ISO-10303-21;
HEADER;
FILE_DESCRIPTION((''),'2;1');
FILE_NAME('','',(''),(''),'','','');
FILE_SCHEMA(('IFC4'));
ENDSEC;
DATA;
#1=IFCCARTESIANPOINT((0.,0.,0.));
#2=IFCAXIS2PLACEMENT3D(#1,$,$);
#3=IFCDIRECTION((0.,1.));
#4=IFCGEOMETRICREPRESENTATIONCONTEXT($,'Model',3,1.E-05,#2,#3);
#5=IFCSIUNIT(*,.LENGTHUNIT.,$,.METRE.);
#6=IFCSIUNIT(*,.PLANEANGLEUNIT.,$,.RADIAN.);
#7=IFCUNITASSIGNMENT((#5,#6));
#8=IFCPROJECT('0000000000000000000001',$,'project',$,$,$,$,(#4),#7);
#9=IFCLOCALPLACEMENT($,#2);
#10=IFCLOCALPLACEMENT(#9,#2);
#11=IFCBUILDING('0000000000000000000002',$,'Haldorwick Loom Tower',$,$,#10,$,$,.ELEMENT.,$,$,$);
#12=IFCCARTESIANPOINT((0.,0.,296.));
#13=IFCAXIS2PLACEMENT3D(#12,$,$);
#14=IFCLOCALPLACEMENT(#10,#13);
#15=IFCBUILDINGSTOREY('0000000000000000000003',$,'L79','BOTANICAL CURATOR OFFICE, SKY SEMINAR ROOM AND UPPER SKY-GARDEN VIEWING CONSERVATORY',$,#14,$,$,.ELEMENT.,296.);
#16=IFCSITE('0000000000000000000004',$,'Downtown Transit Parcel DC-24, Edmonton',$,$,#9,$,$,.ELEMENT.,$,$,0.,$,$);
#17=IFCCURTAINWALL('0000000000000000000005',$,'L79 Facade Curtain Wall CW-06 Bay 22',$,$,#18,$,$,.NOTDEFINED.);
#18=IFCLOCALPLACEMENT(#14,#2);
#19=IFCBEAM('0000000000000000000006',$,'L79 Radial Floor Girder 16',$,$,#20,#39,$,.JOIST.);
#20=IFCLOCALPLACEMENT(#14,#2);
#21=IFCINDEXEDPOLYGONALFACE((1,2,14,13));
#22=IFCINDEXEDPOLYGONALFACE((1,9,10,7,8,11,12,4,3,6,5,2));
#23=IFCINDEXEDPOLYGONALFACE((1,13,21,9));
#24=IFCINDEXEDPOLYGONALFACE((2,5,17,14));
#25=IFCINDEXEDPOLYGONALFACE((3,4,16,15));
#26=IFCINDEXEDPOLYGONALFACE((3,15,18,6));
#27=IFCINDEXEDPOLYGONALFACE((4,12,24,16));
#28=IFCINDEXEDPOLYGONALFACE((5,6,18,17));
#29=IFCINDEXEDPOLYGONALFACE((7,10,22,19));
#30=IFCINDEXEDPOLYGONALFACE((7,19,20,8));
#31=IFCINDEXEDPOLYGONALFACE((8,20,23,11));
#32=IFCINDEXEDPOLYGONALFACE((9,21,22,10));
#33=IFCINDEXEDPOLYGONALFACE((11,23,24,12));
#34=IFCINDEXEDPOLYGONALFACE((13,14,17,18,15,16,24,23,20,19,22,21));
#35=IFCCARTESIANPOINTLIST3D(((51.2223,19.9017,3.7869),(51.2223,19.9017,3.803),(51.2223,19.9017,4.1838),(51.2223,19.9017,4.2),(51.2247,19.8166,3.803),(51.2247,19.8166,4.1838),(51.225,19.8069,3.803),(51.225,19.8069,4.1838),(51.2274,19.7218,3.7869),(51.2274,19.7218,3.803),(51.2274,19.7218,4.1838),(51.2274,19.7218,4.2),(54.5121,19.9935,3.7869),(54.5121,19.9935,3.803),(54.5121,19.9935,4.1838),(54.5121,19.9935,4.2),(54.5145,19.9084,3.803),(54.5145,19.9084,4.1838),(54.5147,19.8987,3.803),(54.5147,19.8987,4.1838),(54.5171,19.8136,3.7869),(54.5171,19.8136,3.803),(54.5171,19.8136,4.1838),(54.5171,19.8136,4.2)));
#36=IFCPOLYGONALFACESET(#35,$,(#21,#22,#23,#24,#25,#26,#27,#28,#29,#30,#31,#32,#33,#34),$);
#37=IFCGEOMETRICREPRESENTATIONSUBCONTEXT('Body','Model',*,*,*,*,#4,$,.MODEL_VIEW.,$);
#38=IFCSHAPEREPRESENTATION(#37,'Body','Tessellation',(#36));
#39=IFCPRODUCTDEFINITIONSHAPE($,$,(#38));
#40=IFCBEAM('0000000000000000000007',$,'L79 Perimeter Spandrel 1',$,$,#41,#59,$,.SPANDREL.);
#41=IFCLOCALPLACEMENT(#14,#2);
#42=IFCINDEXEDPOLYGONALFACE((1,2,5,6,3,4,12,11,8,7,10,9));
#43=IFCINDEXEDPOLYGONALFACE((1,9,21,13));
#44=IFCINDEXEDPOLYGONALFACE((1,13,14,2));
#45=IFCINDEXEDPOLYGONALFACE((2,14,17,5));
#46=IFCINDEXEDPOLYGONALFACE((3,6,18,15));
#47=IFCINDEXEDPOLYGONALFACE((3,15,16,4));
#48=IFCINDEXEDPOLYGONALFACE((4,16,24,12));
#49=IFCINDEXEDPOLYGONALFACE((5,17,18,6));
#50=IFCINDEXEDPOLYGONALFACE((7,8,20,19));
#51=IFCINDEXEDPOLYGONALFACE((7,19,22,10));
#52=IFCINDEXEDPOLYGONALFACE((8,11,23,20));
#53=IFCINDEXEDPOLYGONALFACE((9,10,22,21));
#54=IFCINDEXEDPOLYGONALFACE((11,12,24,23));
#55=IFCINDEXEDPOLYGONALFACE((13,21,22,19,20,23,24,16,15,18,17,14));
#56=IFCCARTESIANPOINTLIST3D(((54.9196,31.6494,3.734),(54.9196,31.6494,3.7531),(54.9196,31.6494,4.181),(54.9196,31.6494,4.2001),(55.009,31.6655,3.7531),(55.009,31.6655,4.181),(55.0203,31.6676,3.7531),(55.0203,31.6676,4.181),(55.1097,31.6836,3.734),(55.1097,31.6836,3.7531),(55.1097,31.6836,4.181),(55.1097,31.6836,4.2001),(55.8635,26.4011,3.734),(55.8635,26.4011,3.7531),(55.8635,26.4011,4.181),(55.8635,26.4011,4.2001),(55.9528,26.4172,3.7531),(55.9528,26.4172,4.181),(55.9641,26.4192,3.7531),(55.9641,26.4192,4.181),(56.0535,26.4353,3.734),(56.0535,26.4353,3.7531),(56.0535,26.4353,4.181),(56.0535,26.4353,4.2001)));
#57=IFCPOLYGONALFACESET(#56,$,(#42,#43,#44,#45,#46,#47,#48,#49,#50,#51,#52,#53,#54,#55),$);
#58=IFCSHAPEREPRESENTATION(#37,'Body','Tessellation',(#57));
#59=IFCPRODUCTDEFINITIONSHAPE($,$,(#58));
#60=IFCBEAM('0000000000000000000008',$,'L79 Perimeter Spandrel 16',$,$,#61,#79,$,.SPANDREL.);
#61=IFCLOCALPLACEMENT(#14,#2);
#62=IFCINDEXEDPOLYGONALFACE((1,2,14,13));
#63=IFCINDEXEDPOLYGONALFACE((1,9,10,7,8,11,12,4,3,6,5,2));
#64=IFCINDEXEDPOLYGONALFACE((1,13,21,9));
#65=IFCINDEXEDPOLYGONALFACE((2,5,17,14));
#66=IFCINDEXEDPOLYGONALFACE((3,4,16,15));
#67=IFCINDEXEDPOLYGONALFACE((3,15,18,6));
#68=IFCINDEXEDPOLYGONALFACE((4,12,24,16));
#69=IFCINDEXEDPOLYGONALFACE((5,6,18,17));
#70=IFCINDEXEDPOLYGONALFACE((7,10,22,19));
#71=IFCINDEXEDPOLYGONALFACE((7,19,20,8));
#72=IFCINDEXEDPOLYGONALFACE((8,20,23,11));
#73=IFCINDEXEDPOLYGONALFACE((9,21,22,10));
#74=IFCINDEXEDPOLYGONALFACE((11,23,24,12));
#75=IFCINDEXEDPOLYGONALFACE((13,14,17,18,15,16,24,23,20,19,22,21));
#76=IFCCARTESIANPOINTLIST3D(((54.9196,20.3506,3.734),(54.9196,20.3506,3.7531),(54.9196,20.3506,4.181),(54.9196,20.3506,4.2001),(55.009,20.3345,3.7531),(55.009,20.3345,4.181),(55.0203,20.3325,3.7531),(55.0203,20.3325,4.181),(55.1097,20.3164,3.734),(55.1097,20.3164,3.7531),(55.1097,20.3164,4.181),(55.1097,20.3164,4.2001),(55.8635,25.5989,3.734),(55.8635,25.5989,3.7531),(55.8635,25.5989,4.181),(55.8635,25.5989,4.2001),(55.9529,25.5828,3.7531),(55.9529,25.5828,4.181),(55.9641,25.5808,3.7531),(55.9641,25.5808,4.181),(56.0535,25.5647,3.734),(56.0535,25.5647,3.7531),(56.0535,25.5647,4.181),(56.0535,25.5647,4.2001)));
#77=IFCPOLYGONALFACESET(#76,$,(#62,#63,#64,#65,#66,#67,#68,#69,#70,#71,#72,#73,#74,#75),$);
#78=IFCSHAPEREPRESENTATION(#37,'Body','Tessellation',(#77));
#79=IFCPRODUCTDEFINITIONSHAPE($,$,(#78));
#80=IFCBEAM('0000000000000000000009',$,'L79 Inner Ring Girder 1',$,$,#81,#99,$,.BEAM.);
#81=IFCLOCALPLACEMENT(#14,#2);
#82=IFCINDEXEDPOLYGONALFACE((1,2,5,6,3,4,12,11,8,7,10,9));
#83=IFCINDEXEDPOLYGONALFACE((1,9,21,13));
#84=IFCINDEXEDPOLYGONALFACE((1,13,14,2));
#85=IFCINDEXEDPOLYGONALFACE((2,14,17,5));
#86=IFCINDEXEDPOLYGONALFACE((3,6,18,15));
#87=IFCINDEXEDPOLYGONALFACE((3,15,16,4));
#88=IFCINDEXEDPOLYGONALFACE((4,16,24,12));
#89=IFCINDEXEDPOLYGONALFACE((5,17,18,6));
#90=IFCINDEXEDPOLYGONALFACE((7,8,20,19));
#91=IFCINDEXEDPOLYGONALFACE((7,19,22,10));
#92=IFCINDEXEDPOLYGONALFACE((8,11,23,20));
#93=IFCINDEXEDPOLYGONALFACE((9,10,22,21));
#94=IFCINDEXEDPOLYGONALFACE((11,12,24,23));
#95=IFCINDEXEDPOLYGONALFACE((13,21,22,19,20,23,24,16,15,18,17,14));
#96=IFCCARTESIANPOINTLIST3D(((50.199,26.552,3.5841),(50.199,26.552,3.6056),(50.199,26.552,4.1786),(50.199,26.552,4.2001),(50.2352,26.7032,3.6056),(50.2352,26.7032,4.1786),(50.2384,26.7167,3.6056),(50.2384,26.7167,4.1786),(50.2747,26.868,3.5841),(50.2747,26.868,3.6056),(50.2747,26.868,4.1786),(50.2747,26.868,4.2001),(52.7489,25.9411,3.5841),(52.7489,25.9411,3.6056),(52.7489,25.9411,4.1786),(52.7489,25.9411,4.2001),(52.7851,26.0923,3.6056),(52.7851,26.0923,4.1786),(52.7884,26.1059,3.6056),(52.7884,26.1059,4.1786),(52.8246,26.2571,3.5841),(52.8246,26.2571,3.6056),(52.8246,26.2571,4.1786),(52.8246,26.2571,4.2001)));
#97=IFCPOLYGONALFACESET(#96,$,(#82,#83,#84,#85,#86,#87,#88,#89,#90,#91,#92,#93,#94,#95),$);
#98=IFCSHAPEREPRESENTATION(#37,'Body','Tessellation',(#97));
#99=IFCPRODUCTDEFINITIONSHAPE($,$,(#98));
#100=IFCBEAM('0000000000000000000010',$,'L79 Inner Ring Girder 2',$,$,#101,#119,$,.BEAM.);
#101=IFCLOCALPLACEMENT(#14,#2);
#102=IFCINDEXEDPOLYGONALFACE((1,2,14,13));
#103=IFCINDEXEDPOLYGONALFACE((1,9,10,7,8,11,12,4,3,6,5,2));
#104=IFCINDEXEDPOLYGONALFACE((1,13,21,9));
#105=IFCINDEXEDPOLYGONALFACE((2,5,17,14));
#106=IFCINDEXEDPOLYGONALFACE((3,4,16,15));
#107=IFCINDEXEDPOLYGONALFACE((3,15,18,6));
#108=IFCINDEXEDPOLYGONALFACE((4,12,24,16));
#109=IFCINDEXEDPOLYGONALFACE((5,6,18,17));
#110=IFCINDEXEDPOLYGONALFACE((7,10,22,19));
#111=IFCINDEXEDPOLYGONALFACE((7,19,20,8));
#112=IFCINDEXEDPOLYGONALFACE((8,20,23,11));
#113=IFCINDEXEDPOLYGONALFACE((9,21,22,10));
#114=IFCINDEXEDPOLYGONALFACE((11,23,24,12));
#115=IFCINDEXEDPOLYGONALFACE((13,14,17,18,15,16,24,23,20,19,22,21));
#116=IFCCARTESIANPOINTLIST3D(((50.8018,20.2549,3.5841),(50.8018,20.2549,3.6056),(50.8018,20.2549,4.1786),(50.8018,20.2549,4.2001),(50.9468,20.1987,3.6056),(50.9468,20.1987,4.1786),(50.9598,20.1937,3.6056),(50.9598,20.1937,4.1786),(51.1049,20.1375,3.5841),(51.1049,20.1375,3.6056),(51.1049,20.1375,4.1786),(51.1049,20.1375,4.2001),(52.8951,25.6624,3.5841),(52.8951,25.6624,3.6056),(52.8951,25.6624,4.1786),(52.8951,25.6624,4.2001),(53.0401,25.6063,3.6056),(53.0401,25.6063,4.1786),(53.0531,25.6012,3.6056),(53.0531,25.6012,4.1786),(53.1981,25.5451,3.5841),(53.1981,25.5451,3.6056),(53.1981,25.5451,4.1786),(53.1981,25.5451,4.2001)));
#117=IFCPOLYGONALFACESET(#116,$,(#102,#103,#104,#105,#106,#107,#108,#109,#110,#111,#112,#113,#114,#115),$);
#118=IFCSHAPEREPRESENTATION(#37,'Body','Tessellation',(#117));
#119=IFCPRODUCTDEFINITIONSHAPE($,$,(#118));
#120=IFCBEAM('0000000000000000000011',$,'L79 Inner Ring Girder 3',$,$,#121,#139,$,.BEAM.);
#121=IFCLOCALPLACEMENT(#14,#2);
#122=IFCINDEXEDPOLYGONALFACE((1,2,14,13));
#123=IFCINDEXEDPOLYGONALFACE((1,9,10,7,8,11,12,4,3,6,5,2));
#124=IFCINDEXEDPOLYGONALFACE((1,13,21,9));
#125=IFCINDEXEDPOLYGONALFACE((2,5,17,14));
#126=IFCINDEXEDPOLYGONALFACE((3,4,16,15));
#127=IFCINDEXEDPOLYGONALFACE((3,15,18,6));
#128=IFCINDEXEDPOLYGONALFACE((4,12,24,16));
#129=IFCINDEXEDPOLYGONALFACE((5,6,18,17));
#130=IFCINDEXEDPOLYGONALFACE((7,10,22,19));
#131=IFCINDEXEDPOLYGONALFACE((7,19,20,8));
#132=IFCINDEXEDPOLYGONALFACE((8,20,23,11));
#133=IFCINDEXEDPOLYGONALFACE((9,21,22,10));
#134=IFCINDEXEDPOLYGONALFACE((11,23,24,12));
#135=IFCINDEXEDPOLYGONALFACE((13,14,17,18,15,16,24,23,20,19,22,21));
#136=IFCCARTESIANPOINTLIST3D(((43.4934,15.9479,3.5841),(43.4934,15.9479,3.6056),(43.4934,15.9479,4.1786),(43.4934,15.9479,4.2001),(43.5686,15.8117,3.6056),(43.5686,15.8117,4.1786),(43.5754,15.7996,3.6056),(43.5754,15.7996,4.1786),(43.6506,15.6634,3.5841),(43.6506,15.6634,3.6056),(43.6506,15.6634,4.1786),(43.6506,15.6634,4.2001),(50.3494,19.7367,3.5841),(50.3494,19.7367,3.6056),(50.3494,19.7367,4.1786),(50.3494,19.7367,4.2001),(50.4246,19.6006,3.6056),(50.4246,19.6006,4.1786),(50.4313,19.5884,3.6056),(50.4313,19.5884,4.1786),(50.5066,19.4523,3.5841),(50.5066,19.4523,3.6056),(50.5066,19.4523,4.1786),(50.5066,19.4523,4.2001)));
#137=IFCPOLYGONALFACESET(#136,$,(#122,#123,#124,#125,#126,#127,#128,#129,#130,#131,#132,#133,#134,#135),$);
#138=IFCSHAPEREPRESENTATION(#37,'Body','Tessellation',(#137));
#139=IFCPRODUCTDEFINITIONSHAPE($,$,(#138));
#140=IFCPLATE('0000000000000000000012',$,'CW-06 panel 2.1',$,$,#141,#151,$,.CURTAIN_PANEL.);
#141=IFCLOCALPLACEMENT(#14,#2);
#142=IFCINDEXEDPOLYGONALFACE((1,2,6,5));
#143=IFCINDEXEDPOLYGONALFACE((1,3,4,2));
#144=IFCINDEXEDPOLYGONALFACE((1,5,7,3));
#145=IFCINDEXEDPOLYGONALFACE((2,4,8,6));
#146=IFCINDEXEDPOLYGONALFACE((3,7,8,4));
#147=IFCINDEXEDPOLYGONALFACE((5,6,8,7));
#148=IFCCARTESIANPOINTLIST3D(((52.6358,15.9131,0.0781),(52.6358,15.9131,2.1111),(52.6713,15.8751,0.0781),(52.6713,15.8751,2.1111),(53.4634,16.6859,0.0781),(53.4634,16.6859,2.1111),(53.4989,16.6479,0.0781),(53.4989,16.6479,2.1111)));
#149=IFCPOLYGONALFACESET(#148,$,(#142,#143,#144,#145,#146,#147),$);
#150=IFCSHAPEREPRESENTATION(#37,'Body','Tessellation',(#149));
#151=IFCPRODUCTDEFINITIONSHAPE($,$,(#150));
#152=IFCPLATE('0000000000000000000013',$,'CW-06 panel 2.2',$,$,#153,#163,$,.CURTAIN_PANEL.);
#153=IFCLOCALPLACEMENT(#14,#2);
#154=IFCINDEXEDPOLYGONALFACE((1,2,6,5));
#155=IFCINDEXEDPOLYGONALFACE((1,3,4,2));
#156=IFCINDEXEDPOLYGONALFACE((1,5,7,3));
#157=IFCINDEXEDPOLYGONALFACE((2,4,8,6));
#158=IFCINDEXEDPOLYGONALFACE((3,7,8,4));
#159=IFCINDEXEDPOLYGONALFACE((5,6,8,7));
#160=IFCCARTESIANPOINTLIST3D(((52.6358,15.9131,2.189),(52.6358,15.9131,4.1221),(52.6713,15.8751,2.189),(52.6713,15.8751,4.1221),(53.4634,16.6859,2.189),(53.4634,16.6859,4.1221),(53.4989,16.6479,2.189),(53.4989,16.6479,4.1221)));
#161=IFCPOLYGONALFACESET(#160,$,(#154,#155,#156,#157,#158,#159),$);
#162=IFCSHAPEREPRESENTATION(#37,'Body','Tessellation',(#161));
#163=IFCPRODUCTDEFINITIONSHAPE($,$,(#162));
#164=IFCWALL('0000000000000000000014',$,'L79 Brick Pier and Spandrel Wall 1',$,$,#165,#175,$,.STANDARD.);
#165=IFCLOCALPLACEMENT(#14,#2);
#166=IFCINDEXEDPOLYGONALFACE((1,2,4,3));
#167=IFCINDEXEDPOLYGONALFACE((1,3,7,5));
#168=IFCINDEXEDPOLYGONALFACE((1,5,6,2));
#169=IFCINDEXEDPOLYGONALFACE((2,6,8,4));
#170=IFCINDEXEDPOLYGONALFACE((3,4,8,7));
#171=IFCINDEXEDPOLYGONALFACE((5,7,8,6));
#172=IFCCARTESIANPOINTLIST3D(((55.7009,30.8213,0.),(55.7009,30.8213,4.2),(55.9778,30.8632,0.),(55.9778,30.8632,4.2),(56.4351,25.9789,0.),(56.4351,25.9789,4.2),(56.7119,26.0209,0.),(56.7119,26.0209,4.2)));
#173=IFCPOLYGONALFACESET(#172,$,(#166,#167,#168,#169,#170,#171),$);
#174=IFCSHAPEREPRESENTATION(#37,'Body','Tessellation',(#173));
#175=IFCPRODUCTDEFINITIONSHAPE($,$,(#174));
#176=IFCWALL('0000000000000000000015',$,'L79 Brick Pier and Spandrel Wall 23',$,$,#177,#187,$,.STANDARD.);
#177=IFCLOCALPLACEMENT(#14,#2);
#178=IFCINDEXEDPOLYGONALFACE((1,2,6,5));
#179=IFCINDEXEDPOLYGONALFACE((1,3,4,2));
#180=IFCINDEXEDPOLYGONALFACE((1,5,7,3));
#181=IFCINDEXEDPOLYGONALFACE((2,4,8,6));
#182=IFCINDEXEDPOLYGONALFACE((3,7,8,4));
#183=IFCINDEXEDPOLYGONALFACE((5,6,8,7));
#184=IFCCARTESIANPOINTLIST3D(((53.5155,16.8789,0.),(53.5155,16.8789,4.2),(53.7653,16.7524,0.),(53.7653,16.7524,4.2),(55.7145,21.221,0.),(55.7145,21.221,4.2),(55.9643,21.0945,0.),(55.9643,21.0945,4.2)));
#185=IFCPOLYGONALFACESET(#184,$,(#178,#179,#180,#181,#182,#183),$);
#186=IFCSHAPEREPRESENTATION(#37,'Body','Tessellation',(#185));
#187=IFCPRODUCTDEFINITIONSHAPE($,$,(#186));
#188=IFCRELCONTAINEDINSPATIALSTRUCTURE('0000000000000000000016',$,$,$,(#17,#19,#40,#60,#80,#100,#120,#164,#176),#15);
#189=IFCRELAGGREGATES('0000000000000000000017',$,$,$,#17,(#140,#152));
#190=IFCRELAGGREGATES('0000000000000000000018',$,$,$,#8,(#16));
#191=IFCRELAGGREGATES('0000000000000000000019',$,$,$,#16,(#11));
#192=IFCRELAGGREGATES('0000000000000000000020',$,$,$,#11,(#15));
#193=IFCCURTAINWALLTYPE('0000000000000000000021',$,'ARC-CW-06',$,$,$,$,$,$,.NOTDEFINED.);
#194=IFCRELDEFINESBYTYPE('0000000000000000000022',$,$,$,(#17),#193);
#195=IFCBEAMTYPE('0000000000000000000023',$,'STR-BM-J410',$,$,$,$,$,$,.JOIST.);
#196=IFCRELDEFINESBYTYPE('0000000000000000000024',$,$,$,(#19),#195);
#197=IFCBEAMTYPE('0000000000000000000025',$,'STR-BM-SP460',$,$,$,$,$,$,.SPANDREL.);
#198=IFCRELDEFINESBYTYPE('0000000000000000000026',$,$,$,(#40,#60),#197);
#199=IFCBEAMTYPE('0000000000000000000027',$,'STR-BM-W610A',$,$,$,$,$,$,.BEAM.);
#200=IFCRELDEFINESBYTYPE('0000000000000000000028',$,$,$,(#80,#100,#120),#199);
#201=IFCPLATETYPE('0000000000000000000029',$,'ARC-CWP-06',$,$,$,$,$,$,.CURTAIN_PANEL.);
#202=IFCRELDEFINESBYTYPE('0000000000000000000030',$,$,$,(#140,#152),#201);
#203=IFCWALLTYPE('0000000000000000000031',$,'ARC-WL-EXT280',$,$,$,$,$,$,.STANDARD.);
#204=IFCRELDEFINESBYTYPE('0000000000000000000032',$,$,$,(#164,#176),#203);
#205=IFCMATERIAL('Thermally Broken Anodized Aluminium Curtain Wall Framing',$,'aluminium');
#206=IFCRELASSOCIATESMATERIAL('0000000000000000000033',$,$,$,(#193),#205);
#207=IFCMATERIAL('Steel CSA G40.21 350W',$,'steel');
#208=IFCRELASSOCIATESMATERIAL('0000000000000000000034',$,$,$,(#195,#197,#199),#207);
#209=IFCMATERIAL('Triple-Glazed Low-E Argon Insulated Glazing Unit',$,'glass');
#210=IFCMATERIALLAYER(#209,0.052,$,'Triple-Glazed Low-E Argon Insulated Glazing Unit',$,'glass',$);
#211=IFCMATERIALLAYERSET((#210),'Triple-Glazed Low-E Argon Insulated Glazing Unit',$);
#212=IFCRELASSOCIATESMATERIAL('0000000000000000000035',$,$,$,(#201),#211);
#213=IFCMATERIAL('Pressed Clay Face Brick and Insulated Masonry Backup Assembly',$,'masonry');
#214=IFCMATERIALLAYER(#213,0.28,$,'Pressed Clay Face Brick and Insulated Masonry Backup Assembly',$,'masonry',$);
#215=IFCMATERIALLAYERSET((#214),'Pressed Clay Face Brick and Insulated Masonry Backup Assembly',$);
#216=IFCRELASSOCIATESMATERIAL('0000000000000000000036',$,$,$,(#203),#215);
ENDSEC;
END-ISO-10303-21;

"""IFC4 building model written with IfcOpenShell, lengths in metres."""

from ifc_helpers import new_model, si_unit, direction, frame, frame_2d, origin, origin_2d, place, context, subcontext, project, spatial, rectangle, i_section, extrude, material, layer, layer_set, material_profile, profile_set, type_object, element, aggregate, save


model = new_model("IFC4")

# Units and contexts
model_context = context("Model", 3, precision=1e-05, world=origin(), true_north=direction((0.0, 1.0)))
body_context = subcontext(model_context, "Body", "Model", "MODEL_VIEW")
ifc_project = project(units=[si_unit("LENGTHUNIT", "METRE"), si_unit("PLANEANGLEUNIT", "RADIAN")], contexts=[model_context])

# Site, building, storey
site_placement = place(None, origin())
site = spatial("IfcSite", under=ifc_project, at=site_placement, Name="Downtown Transit Parcel DC-24, Edmonton", CompositionType="ELEMENT", RefElevation=0.0)
building_placement = place(site_placement, origin())
building = spatial("IfcBuilding", under=site, at=building_placement, Name="Haldorwick Loom Tower", CompositionType="ELEMENT")
storey_placement = place(building_placement, frame((0.0, 0.0, 296.0)))
storey = spatial("IfcBuildingStorey", under=building, at=storey_placement, Name="L79", Description="BOTANICAL CURATOR OFFICE, SKY SEMINAR ROOM AND UPPER SKY-GARDEN VIEWING CONSERVATORY", CompositionType="ELEMENT", Elevation=296.0)

# Shared definitions
ifc_material_1 = material(Name="Steel CSA G40.21 350W", Category="steel")

# Curtain wall
ifc_material_2 = material(Name="Thermally Broken Anodized Aluminium Curtain Wall Framing", Category="aluminium")
curtain_wall_type = type_object("IfcCurtainWallType", Name="ARC-CW-06", PredefinedType="NOTDEFINED", material=ifc_material_2)
curtain_wall_placement = place(storey_placement, origin())
curtain_wall = element("IfcCurtainWall", 1, at=curtain_wall_placement, inside=storey, type_object=curtain_wall_type, Name="L79 Facade Curtain Wall CW-06 Bay 22", PredefinedType="NOTDEFINED")

# Beams
ifc_material_profile_1 = material_profile(ifc_material_1, i_section(OverallWidth=0.1799, OverallDepth=0.4131, WebThickness=0.0098, FlangeThickness=0.0161, at=origin_2d()), Name="W410X74", Category="steel")
ifc_profile_set_1 = profile_set([ifc_material_profile_1], Name="Steel CSA G40.21 350W")
beam_type_1 = type_object("IfcBeamType", Name="STR-BM-J410", PredefinedType="JOIST", material=ifc_profile_set_1)
beam_1_placement = place(storey_placement, frame((51.2249, 19.8118, 3.9934), z_axis=(0.999611, 0.027893, 0.0), x_axis=(-0.027893, 0.999611, 0.0)))
element("IfcBeam", 2, at=beam_1_placement, inside=storey, type_object=beam_type_1, Name="L79 Radial Floor Girder 16", PredefinedType="JOIST", context=body_context, shape_type="SweptSolid", body=[
    extrude(i_section(OverallWidth=0.1799, OverallDepth=0.4131, WebThickness=0.0098, FlangeThickness=0.0161, at=origin_2d()), origin(), (0.0, 0.0, 1.0), 3.291),
])
ifc_material_profile_2 = material_profile(ifc_material_1, i_section(OverallWidth=0.1931, OverallDepth=0.4661, WebThickness=0.0115, FlangeThickness=0.019, at=origin_2d()), Name="W460X97", Category="steel")
ifc_profile_set_2 = profile_set([ifc_material_profile_2], Name="Steel CSA G40.21 350W")
beam_type_2 = type_object("IfcBeamType", Name="STR-BM-SP460", PredefinedType="SPANDREL", material=ifc_profile_set_2)
for number, where, z_axis, x_axis, name in (
    (3, (55.9585, 26.4182, 3.967), (-0.177, 0.984211, 0.0), (-0.984211, -0.177, 0.0), "L79 Perimeter Spandrel 1"),
    (4, (55.0146, 20.3335, 3.967), (0.177, 0.984211, 0.0), (-0.984211, 0.177, 0.0), "L79 Perimeter Spandrel 16"),
):
    element("IfcBeam", number, at=place(storey_placement, frame(where, z_axis=z_axis, x_axis=x_axis)), inside=storey, type_object=beam_type_2, Name=name, PredefinedType="SPANDREL", context=body_context, shape_type="SweptSolid", body=[
        extrude(i_section(OverallWidth=0.1931, OverallDepth=0.4661, WebThickness=0.0115, FlangeThickness=0.019, at=origin_2d()), origin(), (0.0, 0.0, 1.0), 5.3325),
    ])
ifc_material_profile_3 = material_profile(ifc_material_1, i_section(OverallWidth=0.325, OverallDepth=0.616, WebThickness=0.0139, FlangeThickness=0.0215, at=origin_2d()), Name="W610X174", Category="steel")
ifc_profile_set_3 = profile_set([ifc_material_profile_3], Name="Steel CSA G40.21 350W")
beam_type_3 = type_object("IfcBeamType", Name="STR-BM-W610A", PredefinedType="BEAM", material=ifc_profile_set_3)
beam_2_placement = place(storey_placement, frame((50.2368, 26.71, 3.8921), z_axis=(0.972484, -0.232971, 0.0), x_axis=(0.232971, 0.972484, 0.0)))
element("IfcBeam", 5, at=beam_2_placement, inside=storey, type_object=beam_type_3, Name="L79 Inner Ring Girder 1", PredefinedType="BEAM", context=body_context, shape_type="SweptSolid", body=[
    extrude(i_section(OverallWidth=0.325, OverallDepth=0.616, WebThickness=0.0139, FlangeThickness=0.0215, at=origin_2d()), origin(), (0.0, 0.0, 1.0), 2.6221),
])
beam_3_placement = place(storey_placement, frame((53.0466, 25.6038, 3.8921), z_axis=(-0.361001, -0.932565, 0.0), x_axis=(0.932565, -0.361001, 0.0)))
element("IfcBeam", 6, at=beam_3_placement, inside=storey, type_object=beam_type_3, Name="L79 Inner Ring Girder 2", PredefinedType="BEAM", context=body_context, shape_type="SweptSolid", body=[
    extrude(i_section(OverallWidth=0.325, OverallDepth=0.616, WebThickness=0.0139, FlangeThickness=0.0215, at=origin_2d()), origin(), (0.0, 0.0, 1.0), 5.7986),
])
beam_4_placement = place(storey_placement, frame((50.428, 19.5945, 3.8921), z_axis=(-0.875242, -0.483686, 0.0), x_axis=(0.483686, -0.875242, 0.0)))
element("IfcBeam", 7, at=beam_4_placement, inside=storey, type_object=beam_type_3, Name="L79 Inner Ring Girder 3", PredefinedType="BEAM", context=body_context, shape_type="SweptSolid", body=[
    extrude(i_section(OverallWidth=0.325, OverallDepth=0.616, WebThickness=0.0139, FlangeThickness=0.0215, at=origin_2d()), origin(), (0.0, 0.0, 1.0), 7.8333),
])

# Plates
ifc_material_3 = material(Name="Triple-Glazed Low-E Argon Insulated Glazing Unit", Category="glass")
ifc_layer_1 = layer(ifc_material_3, 0.052, Name="Triple-Glazed Low-E Argon Insulated Glazing Unit", Category="glass")
ifc_layer_set_1 = layer_set([ifc_layer_1], Name="Triple-Glazed Low-E Argon Insulated Glazing Unit")
plate_type = type_object("IfcPlateType", Name="ARC-CWP-06", PredefinedType="CURTAIN_PANEL", material=ifc_layer_set_1)
plate_1_placement = place(storey_placement, frame((53.0674, 16.2805, 0.0781), z_axis=(0.0, 0.0, 1.0), x_axis=(0.730886, 0.682499, 0.0)))
plate_1 = element("IfcPlate", 8, at=plate_1_placement, type_object=plate_type, Name="CW-06 panel 2.1", PredefinedType="CURTAIN_PANEL", context=body_context, shape_type="SweptSolid", body=[
    extrude(rectangle(XDim=1.1323, YDim=0.052, at=origin_2d()), origin(), (0.0, 0.0, 1.0), 2.033),
])
plate_2_placement = place(storey_placement, frame((53.0674, 16.2805, 2.189), z_axis=(0.0, 0.0, 1.0), x_axis=(0.730886, 0.682499, 0.0)))
plate_2 = element("IfcPlate", 9, at=plate_2_placement, type_object=plate_type, Name="CW-06 panel 2.2", PredefinedType="CURTAIN_PANEL", context=body_context, shape_type="SweptSolid", body=[
    extrude(rectangle(XDim=1.1323, YDim=0.052, at=origin_2d()), origin(), (0.0, 0.0, 1.0), 1.9331),
])
aggregate(curtain_wall, [plate_1, plate_2])

# Walls
ifc_material_4 = material(Name="Pressed Clay Face Brick and Insulated Masonry Backup Assembly", Category="masonry")
ifc_layer_2 = layer(ifc_material_4, 0.28, Name="Pressed Clay Face Brick and Insulated Masonry Backup Assembly", Category="masonry")
ifc_layer_set_2 = layer_set([ifc_layer_2], Name="Pressed Clay Face Brick and Insulated Masonry Backup Assembly")
wall_type_1 = type_object("IfcWallType", Name="ARC-WL-EXT280", PredefinedType="STANDARD", material=ifc_layer_set_2)
wall_1_placement = place(storey_placement, frame((56.5735, 26.0, 0.0), z_axis=(0.0, 0.0, 1.0), x_axis=(-0.149895, 0.988702, 0.0)))
element("IfcWall", 10, at=wall_1_placement, inside=storey, type_object=wall_type_1, Name="L79 Brick Pier and Spandrel Wall 1", PredefinedType="STANDARD", context=body_context, shape_type="SweptSolid", body=[
    extrude(rectangle(XDim=4.8977, YDim=0.28, at=frame_2d((2.4487, 0.0))), origin(), (0.0, 0.0, 1.0), 4.2),
])
wall_2_placement = place(storey_placement, frame((53.6404, 16.8157, 0.0), z_axis=(0.0, 0.0, 1.0), x_axis=(0.451802, 0.892118, 0.0)))
element("IfcWall", 11, at=wall_2_placement, inside=storey, type_object=wall_type_1, Name="L79 Brick Pier and Spandrel Wall 23", PredefinedType="STANDARD", context=body_context, shape_type="SweptSolid", body=[
    extrude(rectangle(XDim=4.8672, YDim=0.28, at=frame_2d((2.4336, 0.0))), origin(), (0.0, 0.0, 1.0), 4.2),
])

save(model, "model.ifc")
